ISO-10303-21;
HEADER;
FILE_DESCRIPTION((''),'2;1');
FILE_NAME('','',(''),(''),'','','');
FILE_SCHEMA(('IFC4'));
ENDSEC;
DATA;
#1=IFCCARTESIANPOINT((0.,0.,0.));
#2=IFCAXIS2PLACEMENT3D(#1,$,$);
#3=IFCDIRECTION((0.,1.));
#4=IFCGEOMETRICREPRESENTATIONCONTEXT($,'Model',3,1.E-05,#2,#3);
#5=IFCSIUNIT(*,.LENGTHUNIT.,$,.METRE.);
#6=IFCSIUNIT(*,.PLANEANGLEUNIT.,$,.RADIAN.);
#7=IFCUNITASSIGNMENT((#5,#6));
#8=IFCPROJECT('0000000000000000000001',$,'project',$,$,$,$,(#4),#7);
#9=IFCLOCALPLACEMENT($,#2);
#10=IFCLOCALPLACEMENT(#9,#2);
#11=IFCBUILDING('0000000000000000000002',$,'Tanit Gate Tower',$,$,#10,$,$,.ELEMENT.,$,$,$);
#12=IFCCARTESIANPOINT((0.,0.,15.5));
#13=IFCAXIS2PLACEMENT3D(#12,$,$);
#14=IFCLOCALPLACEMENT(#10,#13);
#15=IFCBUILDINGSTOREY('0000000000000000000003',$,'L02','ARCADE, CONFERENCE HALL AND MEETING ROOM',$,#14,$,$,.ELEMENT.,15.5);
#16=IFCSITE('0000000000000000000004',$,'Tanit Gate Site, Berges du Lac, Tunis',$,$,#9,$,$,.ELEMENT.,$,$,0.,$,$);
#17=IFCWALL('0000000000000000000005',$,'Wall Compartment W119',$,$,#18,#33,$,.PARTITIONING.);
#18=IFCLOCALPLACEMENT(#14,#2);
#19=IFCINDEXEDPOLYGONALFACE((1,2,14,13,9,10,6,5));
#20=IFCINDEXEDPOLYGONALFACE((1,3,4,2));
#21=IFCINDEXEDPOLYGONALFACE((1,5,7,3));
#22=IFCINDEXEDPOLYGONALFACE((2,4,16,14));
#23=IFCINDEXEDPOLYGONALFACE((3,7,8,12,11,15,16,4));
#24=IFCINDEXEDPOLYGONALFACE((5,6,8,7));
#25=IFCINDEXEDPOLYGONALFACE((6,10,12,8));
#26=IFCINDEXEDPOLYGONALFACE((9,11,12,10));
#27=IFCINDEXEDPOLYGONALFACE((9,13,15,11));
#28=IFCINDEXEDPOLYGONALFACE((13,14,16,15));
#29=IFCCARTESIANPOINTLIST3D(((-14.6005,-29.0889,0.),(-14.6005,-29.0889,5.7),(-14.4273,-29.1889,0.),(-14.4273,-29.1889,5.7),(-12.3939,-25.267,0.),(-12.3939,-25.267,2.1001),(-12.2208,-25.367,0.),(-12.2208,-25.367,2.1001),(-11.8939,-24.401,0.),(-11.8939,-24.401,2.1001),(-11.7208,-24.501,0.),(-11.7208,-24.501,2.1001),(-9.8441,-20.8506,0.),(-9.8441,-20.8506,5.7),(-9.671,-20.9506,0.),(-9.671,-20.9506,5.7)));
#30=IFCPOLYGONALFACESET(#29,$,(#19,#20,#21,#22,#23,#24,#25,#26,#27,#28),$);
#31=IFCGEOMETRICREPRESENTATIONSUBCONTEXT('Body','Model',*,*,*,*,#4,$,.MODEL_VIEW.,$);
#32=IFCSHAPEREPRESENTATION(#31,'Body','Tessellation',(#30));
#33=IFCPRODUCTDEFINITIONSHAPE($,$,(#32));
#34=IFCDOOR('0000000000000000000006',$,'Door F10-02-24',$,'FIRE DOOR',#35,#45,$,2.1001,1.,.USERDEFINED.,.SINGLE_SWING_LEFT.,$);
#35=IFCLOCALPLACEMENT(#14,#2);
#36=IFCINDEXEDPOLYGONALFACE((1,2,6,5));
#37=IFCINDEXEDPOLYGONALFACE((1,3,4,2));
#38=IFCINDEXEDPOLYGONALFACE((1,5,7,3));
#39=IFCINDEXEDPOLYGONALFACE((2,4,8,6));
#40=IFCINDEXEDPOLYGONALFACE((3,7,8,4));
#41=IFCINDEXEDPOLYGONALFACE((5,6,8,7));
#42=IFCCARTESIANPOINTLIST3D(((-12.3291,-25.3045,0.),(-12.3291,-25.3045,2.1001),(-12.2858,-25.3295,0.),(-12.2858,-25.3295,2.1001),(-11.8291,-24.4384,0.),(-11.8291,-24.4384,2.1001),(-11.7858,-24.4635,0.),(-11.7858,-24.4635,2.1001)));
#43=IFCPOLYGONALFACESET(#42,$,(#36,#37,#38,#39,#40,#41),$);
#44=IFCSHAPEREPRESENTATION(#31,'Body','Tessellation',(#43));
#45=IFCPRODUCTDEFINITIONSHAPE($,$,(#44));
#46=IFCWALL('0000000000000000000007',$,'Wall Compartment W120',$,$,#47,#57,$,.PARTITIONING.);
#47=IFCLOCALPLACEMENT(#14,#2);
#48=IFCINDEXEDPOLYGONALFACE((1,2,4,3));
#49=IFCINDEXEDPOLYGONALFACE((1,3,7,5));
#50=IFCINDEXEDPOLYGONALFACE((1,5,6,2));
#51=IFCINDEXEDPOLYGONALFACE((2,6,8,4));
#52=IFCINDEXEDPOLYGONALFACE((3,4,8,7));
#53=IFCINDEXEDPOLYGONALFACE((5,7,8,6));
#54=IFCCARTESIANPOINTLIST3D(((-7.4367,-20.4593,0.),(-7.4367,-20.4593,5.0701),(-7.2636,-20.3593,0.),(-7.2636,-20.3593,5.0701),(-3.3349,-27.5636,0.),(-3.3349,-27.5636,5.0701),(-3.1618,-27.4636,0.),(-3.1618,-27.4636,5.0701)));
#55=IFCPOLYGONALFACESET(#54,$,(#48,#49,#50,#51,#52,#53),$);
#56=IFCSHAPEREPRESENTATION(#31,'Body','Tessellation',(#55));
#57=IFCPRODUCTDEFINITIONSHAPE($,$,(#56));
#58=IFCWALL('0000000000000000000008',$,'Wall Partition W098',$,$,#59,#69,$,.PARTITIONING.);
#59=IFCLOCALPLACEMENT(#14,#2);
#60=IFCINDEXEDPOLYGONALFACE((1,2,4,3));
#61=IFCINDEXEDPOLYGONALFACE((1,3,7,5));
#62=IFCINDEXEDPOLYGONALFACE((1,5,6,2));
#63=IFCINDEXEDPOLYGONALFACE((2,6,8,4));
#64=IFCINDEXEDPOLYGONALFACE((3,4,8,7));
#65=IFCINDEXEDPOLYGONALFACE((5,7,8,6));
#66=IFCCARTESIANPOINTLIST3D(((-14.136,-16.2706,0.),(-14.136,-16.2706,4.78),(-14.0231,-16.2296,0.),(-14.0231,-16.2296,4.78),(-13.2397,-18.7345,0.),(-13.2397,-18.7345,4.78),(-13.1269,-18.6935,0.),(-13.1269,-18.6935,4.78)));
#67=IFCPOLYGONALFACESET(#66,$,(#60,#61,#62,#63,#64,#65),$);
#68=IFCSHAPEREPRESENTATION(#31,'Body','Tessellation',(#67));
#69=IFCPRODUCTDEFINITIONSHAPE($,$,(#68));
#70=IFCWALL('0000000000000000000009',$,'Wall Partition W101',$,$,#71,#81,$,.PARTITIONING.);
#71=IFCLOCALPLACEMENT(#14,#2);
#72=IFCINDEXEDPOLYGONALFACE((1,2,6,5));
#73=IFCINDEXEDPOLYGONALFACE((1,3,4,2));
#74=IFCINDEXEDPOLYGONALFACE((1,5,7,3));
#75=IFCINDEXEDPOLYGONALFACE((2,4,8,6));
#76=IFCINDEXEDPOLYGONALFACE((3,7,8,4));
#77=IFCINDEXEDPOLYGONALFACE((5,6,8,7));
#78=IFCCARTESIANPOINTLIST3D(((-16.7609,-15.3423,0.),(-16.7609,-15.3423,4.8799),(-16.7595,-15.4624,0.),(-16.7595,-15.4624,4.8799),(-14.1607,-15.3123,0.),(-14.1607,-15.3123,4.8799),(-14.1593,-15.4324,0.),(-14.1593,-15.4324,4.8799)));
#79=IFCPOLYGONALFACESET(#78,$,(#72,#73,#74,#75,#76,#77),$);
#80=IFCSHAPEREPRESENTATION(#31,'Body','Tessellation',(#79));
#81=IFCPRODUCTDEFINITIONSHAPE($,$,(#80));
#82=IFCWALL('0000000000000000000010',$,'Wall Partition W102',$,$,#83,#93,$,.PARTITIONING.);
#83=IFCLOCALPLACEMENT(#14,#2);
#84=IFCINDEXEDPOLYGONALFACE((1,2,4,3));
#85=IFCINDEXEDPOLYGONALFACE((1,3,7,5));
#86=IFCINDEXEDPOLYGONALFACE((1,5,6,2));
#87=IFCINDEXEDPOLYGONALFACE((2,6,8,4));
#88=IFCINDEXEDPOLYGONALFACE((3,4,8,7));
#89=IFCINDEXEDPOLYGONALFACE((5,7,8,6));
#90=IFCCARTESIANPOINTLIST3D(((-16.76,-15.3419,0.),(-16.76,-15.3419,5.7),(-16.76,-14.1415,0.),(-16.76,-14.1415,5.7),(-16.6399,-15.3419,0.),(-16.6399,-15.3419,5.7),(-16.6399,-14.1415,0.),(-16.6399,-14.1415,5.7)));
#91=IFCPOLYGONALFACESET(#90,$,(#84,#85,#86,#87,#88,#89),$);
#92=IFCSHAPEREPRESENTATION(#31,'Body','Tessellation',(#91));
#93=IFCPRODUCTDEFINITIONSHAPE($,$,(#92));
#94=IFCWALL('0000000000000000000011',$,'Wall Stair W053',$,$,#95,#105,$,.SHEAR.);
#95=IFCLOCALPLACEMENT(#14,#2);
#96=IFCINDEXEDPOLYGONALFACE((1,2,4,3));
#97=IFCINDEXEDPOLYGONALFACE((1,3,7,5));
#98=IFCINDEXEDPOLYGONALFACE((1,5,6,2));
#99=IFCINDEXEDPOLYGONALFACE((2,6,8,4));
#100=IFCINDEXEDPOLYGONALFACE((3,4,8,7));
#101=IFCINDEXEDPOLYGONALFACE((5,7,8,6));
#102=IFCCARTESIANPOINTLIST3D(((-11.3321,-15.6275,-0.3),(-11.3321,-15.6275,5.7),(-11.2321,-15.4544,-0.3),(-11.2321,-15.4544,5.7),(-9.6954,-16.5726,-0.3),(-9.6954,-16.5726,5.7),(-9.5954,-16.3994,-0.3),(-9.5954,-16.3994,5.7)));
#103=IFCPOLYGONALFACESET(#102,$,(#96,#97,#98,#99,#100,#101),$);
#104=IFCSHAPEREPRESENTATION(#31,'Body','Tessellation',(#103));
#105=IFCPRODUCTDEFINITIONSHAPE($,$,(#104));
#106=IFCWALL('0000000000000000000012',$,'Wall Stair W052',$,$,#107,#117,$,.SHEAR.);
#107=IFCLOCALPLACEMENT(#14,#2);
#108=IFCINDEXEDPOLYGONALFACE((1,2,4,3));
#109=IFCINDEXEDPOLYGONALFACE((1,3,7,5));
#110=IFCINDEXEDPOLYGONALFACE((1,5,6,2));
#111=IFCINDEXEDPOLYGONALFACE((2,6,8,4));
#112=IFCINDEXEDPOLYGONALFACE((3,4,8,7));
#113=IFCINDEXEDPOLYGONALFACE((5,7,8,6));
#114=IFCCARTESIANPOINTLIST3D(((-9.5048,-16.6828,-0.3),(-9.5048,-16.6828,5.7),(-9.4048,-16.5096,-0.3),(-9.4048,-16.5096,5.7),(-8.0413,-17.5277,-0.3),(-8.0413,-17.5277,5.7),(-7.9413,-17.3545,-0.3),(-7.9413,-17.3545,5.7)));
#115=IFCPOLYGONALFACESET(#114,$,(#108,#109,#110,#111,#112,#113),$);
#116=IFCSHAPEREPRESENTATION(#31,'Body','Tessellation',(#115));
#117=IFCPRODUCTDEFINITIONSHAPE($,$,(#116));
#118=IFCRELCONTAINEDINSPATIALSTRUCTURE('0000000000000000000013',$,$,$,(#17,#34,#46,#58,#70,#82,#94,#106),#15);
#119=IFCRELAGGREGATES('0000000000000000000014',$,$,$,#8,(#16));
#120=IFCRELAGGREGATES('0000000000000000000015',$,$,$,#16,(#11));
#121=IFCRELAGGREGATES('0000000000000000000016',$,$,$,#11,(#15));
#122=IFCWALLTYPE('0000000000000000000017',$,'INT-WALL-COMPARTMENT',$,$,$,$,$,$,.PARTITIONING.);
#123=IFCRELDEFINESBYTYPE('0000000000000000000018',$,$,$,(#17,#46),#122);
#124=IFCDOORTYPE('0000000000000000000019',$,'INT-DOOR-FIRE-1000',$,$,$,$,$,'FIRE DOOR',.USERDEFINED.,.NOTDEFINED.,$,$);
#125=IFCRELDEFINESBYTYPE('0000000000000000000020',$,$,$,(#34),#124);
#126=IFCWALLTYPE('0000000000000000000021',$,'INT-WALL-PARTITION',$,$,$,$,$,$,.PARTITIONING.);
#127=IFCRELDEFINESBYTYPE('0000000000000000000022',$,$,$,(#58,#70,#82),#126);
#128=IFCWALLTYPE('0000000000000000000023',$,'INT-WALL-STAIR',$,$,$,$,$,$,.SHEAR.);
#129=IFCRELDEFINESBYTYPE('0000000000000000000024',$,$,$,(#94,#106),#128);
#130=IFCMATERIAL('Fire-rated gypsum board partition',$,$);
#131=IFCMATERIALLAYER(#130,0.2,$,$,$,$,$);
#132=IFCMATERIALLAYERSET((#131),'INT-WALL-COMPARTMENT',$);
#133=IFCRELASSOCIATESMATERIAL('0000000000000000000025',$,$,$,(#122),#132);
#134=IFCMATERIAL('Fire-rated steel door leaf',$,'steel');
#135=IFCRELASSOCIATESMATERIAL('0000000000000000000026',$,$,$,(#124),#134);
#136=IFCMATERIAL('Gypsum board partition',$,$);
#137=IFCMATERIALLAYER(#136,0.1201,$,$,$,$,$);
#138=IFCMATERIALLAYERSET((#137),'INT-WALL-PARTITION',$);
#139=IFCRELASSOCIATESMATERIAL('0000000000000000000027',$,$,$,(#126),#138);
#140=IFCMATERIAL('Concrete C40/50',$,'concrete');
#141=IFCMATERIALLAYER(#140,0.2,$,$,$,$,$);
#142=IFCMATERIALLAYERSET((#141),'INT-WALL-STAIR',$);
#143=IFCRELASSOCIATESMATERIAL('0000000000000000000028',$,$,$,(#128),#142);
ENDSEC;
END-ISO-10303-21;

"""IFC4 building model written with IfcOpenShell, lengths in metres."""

from ifc_helpers import new_model, si_unit, direction, frame, frame_2d, origin, place, context, subcontext, project, spatial, rectangle, extrude, material, layer, layer_set, type_object, element, fill, save


model = new_model("IFC4")

# Units and contexts
model_context = context("Model", 3, precision=1e-05, world=origin(), true_north=direction((0.0, 1.0)))
body_context = subcontext(model_context, "Body", "Model", "MODEL_VIEW")
ifc_project = project(units=[si_unit("LENGTHUNIT", "METRE"), si_unit("PLANEANGLEUNIT", "RADIAN")], contexts=[model_context])

# Site, building, storey
site_placement = place(None, origin())
site = spatial("IfcSite", under=ifc_project, at=site_placement, Name="Tanit Gate Site, Berges du Lac, Tunis", CompositionType="ELEMENT", RefElevation=0.0)
building_placement = place(site_placement, origin())
building = spatial("IfcBuilding", under=site, at=building_placement, Name="Tanit Gate Tower", CompositionType="ELEMENT")
storey_placement = place(building_placement, frame((0.0, 0.0, 15.5)))
storey = spatial("IfcBuildingStorey", under=building, at=storey_placement, Name="L02", Description="ARCADE, CONFERENCE HALL AND MEETING ROOM", CompositionType="ELEMENT", Elevation=15.5)

# Shared definitions
ifc_material_1 = material(Name="Fire-rated gypsum board partition")
ifc_layer_1 = layer(ifc_material_1, 0.2)
ifc_layer_set_1 = layer_set([ifc_layer_1], Name="INT-WALL-COMPARTMENT")
wall_type_1 = type_object("IfcWallType", Name="INT-WALL-COMPARTMENT", PredefinedType="PARTITIONING", material=ifc_layer_set_1)

# Wall, opening, door
wall_1_placement = place(storey_placement, frame((-9.7576, -20.9006, 0.0), z_axis=(0.0, 0.0, 1.0), x_axis=(-0.499998, -0.866027, 0.0)))
wall_1 = element("IfcWall", 1, at=wall_1_placement, inside=storey, type_object=wall_type_1, Name="Wall Compartment W119", PredefinedType="PARTITIONING", context=body_context, shape_type="SweptSolid", body=[
    extrude(rectangle(XDim=9.5127, YDim=0.2, at=frame_2d((4.7563, 0.0))), origin(), (0.0, 0.0, 1.0), 5.7),
])
opening_1_placement = place(wall_1_placement, frame((4.0996, 0.0, 0.0)))
opening_1 = element("IfcOpeningElement", 2, at=opening_1_placement, cuts=wall_1, PredefinedType="OPENING", context=body_context, shape_type="SweptSolid", body=[
    extrude(rectangle(XDim=1.0, YDim=2.1001, at=frame_2d((0.5, 1.05))), frame((0.0, 0.1099, 0.0), z_axis=(0.0, -1.0, 0.0), x_axis=(1.0, 0.0, 0.0)), (0.0, 0.0, 1.0), 0.22),
])
ifc_material_2 = material(Name="Fire-rated steel door leaf", Category="steel")
door_type_1 = type_object("IfcDoorType", Name="INT-DOOR-FIRE-1000", ElementType="FIRE DOOR", OperationType="NOTDEFINED", PredefinedType="USERDEFINED", material=ifc_material_2)
door_1_placement = place(opening_1_placement, origin())
door_1 = element("IfcDoor", 3, at=door_1_placement, inside=storey, type_object=door_type_1, Name="Door F10-02-24", ObjectType="FIRE DOOR", OperationType="SINGLE_SWING_LEFT", OverallHeight=2.1001, OverallWidth=1.0, PredefinedType="USERDEFINED", context=body_context, shape_type="SweptSolid", body=[
    extrude(rectangle(XDim=1.0, YDim=2.1001, at=frame_2d((0.5, 1.05))), frame((0.0, 0.0249, 0.0), z_axis=(0.0, -1.0, 0.0), x_axis=(1.0, 0.0, 0.0)), (0.0, 0.0, 1.0), 0.05),
])
fill(opening_1, door_1)

# Walls
wall_2_placement = place(storey_placement, frame((-7.3501, -20.4094, 0.0), z_axis=(0.0, 0.0, 1.0), x_axis=(0.500015, -0.866017, 0.0)))
element("IfcWall", 4, at=wall_2_placement, inside=storey, type_object=wall_type_1, Name="Wall Compartment W120", PredefinedType="PARTITIONING", context=body_context, shape_type="SweptSolid", body=[
    extrude(rectangle(XDim=8.2034, YDim=0.2, at=frame_2d((4.1016, 0.0))), origin(), (0.0, 0.0, 1.0), 5.0701),
])
ifc_material_3 = material(Name="Gypsum board partition")
ifc_layer_2 = layer(ifc_material_3, 0.1201)
ifc_layer_set_2 = layer_set([ifc_layer_2], Name="INT-WALL-PARTITION")
wall_type_2 = type_object("IfcWallType", Name="INT-WALL-PARTITION", PredefinedType="PARTITIONING", material=ifc_layer_set_2)
wall_3_placement = place(storey_placement, frame((-14.0796, -16.25, 0.0), z_axis=(0.0, 0.0, 1.0), x_axis=(0.34184, -0.939758, 0.0)))
element("IfcWall", 5, at=wall_3_placement, inside=storey, type_object=wall_type_2, Name="Wall Partition W098", PredefinedType="PARTITIONING", context=body_context, shape_type="SweptSolid", body=[
    extrude(rectangle(XDim=2.6218, YDim=0.1201, at=frame_2d((1.311, 0.0))), origin(), (0.0, 0.0, 1.0), 4.78),
])
wall_4_placement = place(storey_placement, frame((-14.1599, -15.3723, 0.0), z_axis=(0.0, 0.0, 1.0), x_axis=(-0.999933, -0.011549, 0.0)))
element("IfcWall", 6, at=wall_4_placement, inside=storey, type_object=wall_type_2, Name="Wall Partition W101", PredefinedType="PARTITIONING", context=body_context, shape_type="SweptSolid", body=[
    extrude(rectangle(XDim=2.6003, YDim=0.1201, at=frame_2d((1.3003, 0.0))), origin(), (0.0, 0.0, 1.0), 4.8799),
])
wall_5_placement = place(storey_placement, frame((-16.7, -15.3418, 0.0), z_axis=(0.0, 0.0, 1.0), x_axis=(0.0, 1.0, 0.0)))
element("IfcWall", 7, at=wall_5_placement, inside=storey, type_object=wall_type_2, Name="Wall Partition W102", PredefinedType="PARTITIONING", context=body_context, shape_type="SweptSolid", body=[
    extrude(rectangle(XDim=1.2004, YDim=0.1201, at=frame_2d((0.6001, 0.0))), origin(), (0.0, 0.0, 1.0), 5.7),
])
ifc_material_4 = material(Name="Concrete C40/50", Category="concrete")
ifc_layer_3 = layer(ifc_material_4, 0.2)
ifc_layer_set_3 = layer_set([ifc_layer_3], Name="INT-WALL-STAIR")
wall_type_3 = type_object("IfcWallType", Name="INT-WALL-STAIR", PredefinedType="SHEAR", material=ifc_layer_set_3)
wall_6_placement = place(storey_placement, frame((-11.282, -15.541, -0.3), z_axis=(0.0, 0.0, 1.0), x_axis=(0.866001, -0.500043, 0.0)))
element("IfcWall", 8, at=wall_6_placement, inside=storey, type_object=wall_type_3, Name="Wall Stair W053", PredefinedType="SHEAR", context=body_context, shape_type="SweptSolid", body=[
    extrude(rectangle(XDim=1.8899, YDim=0.2, at=frame_2d((0.9448, 0.0))), origin(), (0.0, 0.0, 1.0), 6.0),
])
wall_7_placement = place(storey_placement, frame((-9.4548, -16.5962, -0.3), z_axis=(0.0, 0.0, 1.0), x_axis=(0.866039, -0.499977, 0.0)))
element("IfcWall", 9, at=wall_7_placement, inside=storey, type_object=wall_type_3, Name="Wall Stair W052", PredefinedType="SHEAR", context=body_context, shape_type="SweptSolid", body=[
    extrude(rectangle(XDim=1.6899, YDim=0.2, at=frame_2d((0.845, 0.0))), origin(), (0.0, 0.0, 1.0), 6.0),
])

save(model, "model.ifc")
